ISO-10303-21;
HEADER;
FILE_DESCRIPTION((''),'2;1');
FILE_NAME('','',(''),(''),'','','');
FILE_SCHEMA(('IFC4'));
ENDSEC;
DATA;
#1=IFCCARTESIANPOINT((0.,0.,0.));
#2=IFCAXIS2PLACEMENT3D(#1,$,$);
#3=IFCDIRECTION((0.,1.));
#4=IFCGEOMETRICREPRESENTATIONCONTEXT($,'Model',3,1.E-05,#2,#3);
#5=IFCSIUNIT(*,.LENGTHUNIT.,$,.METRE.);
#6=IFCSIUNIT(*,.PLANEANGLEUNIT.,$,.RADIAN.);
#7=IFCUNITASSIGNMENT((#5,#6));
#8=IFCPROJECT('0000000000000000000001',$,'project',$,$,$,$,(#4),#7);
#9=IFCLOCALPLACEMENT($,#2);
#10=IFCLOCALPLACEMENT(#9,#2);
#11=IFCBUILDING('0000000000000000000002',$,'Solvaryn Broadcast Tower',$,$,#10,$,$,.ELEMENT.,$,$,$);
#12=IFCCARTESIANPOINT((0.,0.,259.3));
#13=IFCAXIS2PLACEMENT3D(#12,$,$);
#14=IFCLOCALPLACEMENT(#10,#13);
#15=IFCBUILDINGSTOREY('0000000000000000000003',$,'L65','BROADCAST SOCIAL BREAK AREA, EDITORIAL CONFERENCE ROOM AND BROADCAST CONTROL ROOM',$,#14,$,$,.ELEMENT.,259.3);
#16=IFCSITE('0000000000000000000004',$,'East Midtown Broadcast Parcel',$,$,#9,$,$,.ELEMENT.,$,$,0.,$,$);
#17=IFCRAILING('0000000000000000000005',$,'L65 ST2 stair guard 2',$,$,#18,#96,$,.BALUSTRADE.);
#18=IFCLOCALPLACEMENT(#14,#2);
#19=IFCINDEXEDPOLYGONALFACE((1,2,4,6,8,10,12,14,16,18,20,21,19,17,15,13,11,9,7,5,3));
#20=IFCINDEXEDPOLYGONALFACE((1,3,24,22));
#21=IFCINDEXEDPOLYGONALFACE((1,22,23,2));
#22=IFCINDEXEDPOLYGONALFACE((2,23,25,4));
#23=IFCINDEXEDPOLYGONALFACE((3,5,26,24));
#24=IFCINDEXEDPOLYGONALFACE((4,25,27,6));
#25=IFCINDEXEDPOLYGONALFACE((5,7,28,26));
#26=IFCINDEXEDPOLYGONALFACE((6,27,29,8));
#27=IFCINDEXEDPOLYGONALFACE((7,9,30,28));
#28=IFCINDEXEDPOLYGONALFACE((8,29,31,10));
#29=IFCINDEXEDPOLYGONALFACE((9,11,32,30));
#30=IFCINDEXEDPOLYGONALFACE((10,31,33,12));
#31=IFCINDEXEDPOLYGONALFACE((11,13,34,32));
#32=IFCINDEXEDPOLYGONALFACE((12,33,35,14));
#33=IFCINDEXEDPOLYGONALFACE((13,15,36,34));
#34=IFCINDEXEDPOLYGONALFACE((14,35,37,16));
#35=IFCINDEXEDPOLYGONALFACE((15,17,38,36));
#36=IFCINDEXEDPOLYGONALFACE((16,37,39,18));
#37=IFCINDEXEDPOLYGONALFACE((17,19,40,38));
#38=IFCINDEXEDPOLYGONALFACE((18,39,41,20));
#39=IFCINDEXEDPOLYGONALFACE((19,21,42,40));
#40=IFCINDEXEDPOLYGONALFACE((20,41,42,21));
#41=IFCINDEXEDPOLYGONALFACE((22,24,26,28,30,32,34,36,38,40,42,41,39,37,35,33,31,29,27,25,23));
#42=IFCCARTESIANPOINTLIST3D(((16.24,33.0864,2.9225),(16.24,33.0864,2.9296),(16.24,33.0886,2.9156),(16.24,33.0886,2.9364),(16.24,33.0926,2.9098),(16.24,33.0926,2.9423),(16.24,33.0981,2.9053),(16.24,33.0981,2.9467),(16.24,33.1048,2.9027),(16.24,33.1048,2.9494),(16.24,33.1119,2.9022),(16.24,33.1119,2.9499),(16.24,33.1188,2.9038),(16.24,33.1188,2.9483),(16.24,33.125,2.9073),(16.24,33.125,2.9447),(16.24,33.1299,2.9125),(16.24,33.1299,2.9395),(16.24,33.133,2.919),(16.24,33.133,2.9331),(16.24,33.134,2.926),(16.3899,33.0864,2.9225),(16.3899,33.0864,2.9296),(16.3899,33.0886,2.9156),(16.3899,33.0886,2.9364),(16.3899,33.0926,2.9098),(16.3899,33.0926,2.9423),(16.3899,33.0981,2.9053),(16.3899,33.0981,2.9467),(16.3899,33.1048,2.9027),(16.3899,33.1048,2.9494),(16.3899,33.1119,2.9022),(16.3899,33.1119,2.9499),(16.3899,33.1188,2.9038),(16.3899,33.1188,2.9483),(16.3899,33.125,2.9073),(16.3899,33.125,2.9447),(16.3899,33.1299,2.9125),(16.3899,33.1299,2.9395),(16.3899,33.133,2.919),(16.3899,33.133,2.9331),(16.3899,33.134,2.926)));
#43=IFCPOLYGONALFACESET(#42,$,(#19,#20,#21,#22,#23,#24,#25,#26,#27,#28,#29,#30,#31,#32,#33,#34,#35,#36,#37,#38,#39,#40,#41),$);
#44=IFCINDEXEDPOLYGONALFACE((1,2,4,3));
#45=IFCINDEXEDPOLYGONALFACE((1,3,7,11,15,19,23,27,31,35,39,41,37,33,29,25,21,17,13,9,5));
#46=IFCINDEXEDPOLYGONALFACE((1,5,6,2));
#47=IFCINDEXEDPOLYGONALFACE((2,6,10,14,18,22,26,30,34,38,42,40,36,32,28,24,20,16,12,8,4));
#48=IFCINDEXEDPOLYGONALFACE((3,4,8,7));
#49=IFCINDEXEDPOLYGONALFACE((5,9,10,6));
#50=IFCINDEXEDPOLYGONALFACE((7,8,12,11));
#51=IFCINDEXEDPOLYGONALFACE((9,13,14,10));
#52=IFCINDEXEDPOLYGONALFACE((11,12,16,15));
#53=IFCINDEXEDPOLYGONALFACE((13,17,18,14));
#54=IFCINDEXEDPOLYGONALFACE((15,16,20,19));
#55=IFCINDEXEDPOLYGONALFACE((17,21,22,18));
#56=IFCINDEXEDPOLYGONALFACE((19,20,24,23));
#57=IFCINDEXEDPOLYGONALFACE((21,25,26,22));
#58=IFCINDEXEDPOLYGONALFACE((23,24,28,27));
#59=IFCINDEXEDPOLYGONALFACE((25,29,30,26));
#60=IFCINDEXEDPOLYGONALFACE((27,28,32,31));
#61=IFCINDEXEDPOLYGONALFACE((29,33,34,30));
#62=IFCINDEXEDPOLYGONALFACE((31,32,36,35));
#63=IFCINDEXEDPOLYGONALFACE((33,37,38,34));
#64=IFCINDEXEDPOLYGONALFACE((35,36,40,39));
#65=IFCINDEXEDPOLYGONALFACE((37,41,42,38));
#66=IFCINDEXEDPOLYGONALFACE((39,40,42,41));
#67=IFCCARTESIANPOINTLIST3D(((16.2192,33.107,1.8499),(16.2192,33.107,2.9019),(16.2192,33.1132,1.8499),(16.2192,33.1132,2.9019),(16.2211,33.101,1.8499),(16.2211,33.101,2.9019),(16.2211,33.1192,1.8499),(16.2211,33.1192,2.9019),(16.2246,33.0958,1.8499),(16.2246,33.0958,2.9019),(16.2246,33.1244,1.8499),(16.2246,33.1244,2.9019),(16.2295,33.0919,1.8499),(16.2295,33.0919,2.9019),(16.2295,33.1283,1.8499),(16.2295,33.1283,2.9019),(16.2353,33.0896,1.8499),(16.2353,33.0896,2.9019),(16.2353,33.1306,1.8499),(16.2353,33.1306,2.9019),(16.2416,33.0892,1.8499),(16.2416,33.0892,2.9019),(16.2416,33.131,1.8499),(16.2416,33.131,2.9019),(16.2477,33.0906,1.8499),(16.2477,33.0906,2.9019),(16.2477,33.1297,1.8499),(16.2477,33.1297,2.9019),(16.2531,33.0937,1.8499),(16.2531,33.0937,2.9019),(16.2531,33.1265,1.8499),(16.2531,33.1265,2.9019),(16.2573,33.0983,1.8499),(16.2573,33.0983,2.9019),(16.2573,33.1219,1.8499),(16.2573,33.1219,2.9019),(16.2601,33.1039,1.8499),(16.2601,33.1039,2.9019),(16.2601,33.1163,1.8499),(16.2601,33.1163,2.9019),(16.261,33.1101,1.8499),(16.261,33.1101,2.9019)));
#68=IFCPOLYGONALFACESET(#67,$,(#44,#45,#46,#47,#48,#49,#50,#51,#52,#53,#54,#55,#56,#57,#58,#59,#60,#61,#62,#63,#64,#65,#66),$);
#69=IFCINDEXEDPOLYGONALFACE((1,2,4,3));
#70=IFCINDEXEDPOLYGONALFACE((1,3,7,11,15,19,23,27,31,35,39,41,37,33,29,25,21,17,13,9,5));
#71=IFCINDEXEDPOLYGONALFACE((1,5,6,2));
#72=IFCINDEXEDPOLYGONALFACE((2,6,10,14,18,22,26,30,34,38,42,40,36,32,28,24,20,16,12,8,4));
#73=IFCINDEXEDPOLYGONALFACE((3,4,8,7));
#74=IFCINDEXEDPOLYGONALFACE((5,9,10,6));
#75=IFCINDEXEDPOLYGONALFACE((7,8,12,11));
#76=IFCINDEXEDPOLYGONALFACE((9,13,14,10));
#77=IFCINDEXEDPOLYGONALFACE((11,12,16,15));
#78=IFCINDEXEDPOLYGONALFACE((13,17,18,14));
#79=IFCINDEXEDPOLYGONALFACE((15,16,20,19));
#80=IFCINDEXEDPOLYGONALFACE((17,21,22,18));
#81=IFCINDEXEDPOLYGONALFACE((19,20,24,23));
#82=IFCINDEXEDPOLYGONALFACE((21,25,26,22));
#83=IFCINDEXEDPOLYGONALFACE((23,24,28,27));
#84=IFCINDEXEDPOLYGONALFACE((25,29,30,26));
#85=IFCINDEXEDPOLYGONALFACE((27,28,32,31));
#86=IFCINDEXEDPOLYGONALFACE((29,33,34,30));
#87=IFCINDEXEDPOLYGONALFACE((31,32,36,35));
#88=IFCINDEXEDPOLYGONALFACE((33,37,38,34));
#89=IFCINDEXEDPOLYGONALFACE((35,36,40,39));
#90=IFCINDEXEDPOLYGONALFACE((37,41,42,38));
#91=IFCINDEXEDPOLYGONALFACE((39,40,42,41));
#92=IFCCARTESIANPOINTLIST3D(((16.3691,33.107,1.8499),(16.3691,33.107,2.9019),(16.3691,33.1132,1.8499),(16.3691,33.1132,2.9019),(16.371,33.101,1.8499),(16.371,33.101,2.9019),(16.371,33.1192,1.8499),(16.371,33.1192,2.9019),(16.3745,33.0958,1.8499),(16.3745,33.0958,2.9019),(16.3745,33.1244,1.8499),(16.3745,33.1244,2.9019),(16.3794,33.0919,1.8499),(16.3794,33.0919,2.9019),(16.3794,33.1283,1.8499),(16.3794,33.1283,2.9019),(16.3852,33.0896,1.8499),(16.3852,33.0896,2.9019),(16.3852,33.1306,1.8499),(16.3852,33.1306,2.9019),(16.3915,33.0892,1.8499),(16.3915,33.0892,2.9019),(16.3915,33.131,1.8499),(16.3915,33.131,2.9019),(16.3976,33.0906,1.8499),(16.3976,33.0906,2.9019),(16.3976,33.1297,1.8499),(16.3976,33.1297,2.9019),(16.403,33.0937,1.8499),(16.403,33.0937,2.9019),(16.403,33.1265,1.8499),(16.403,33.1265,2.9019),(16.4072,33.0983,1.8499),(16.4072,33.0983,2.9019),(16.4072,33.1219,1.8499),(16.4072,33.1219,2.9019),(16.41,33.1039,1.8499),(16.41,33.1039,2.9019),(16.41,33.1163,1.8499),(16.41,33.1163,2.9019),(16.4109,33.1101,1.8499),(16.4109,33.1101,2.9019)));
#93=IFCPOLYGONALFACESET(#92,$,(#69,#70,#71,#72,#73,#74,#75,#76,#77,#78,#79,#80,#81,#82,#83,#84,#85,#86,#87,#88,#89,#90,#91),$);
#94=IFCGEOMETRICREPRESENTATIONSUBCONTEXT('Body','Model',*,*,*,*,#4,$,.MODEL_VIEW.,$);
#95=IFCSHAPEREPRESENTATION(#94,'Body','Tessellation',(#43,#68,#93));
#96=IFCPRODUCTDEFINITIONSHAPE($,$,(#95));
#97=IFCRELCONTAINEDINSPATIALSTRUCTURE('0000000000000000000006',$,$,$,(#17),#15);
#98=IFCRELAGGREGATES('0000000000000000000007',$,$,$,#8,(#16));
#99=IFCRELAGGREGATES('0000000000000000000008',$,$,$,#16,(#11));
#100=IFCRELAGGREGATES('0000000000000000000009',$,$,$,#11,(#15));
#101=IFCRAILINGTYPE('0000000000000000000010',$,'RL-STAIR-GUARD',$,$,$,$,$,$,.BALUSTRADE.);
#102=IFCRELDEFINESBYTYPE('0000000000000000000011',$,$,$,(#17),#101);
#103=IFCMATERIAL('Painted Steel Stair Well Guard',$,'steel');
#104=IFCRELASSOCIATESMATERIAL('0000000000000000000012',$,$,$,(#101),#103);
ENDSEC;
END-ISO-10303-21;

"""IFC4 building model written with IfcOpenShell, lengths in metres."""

from ifc_helpers import new_model, si_unit, direction, frame, origin, origin_2d, place, context, subcontext, project, spatial, circle, extrude, material, type_object, element, save


model = new_model("IFC4")

# Units and contexts
model_context = context("Model", 3, precision=1e-05, world=origin(), true_north=direction((0.0, 1.0)))
body_context = subcontext(model_context, "Body", "Model", "MODEL_VIEW")
ifc_project = project(units=[si_unit("LENGTHUNIT", "METRE"), si_unit("PLANEANGLEUNIT", "RADIAN")], contexts=[model_context])

# Site, building, storey
site_placement = place(None, origin())
site = spatial("IfcSite", under=ifc_project, at=site_placement, Name="East Midtown Broadcast Parcel", CompositionType="ELEMENT", RefElevation=0.0)
building_placement = place(site_placement, origin())
building = spatial("IfcBuilding", under=site, at=building_placement, Name="Solvaryn Broadcast Tower", CompositionType="ELEMENT")
storey_placement = place(building_placement, frame((0.0, 0.0, 259.3)))
storey = spatial("IfcBuildingStorey", under=building, at=storey_placement, Name="L65", Description="BROADCAST SOCIAL BREAK AREA, EDITORIAL CONFERENCE ROOM AND BROADCAST CONTROL ROOM", CompositionType="ELEMENT", Elevation=259.3)

# Railing
ifc_material_1 = material(Name="Painted Steel Stair Well Guard", Category="steel")
railing_type_1 = type_object("IfcRailingType", Name="RL-STAIR-GUARD", PredefinedType="BALUSTRADE", material=ifc_material_1)
railing_1_placement = place(storey_placement, frame((16.24, 33.1101, 1.8499)))
element("IfcRailing", 1, at=railing_1_placement, inside=storey, type_object=railing_type_1, Name="L65 ST2 stair guard 2", PredefinedType="BALUSTRADE", context=body_context, shape_type="SweptSolid", body=[
    extrude(circle(Radius=0.0239, at=origin_2d()), frame((0.0, 0.0, 1.0762), z_axis=(1.0, 0.0, 0.0), x_axis=(0.0, 1.0, 0.0)), (0.0, 0.0, 1.0), 0.1499),
    extrude(circle(Radius=0.021, at=origin_2d()), origin(), (0.0, 0.0, 1.0), 1.052),
    extrude(circle(Radius=0.021, at=origin_2d()), frame((0.1499, 0.0, 0.0)), (0.0, 0.0, 1.0), 1.052),
])

save(model, "model.ifc")
